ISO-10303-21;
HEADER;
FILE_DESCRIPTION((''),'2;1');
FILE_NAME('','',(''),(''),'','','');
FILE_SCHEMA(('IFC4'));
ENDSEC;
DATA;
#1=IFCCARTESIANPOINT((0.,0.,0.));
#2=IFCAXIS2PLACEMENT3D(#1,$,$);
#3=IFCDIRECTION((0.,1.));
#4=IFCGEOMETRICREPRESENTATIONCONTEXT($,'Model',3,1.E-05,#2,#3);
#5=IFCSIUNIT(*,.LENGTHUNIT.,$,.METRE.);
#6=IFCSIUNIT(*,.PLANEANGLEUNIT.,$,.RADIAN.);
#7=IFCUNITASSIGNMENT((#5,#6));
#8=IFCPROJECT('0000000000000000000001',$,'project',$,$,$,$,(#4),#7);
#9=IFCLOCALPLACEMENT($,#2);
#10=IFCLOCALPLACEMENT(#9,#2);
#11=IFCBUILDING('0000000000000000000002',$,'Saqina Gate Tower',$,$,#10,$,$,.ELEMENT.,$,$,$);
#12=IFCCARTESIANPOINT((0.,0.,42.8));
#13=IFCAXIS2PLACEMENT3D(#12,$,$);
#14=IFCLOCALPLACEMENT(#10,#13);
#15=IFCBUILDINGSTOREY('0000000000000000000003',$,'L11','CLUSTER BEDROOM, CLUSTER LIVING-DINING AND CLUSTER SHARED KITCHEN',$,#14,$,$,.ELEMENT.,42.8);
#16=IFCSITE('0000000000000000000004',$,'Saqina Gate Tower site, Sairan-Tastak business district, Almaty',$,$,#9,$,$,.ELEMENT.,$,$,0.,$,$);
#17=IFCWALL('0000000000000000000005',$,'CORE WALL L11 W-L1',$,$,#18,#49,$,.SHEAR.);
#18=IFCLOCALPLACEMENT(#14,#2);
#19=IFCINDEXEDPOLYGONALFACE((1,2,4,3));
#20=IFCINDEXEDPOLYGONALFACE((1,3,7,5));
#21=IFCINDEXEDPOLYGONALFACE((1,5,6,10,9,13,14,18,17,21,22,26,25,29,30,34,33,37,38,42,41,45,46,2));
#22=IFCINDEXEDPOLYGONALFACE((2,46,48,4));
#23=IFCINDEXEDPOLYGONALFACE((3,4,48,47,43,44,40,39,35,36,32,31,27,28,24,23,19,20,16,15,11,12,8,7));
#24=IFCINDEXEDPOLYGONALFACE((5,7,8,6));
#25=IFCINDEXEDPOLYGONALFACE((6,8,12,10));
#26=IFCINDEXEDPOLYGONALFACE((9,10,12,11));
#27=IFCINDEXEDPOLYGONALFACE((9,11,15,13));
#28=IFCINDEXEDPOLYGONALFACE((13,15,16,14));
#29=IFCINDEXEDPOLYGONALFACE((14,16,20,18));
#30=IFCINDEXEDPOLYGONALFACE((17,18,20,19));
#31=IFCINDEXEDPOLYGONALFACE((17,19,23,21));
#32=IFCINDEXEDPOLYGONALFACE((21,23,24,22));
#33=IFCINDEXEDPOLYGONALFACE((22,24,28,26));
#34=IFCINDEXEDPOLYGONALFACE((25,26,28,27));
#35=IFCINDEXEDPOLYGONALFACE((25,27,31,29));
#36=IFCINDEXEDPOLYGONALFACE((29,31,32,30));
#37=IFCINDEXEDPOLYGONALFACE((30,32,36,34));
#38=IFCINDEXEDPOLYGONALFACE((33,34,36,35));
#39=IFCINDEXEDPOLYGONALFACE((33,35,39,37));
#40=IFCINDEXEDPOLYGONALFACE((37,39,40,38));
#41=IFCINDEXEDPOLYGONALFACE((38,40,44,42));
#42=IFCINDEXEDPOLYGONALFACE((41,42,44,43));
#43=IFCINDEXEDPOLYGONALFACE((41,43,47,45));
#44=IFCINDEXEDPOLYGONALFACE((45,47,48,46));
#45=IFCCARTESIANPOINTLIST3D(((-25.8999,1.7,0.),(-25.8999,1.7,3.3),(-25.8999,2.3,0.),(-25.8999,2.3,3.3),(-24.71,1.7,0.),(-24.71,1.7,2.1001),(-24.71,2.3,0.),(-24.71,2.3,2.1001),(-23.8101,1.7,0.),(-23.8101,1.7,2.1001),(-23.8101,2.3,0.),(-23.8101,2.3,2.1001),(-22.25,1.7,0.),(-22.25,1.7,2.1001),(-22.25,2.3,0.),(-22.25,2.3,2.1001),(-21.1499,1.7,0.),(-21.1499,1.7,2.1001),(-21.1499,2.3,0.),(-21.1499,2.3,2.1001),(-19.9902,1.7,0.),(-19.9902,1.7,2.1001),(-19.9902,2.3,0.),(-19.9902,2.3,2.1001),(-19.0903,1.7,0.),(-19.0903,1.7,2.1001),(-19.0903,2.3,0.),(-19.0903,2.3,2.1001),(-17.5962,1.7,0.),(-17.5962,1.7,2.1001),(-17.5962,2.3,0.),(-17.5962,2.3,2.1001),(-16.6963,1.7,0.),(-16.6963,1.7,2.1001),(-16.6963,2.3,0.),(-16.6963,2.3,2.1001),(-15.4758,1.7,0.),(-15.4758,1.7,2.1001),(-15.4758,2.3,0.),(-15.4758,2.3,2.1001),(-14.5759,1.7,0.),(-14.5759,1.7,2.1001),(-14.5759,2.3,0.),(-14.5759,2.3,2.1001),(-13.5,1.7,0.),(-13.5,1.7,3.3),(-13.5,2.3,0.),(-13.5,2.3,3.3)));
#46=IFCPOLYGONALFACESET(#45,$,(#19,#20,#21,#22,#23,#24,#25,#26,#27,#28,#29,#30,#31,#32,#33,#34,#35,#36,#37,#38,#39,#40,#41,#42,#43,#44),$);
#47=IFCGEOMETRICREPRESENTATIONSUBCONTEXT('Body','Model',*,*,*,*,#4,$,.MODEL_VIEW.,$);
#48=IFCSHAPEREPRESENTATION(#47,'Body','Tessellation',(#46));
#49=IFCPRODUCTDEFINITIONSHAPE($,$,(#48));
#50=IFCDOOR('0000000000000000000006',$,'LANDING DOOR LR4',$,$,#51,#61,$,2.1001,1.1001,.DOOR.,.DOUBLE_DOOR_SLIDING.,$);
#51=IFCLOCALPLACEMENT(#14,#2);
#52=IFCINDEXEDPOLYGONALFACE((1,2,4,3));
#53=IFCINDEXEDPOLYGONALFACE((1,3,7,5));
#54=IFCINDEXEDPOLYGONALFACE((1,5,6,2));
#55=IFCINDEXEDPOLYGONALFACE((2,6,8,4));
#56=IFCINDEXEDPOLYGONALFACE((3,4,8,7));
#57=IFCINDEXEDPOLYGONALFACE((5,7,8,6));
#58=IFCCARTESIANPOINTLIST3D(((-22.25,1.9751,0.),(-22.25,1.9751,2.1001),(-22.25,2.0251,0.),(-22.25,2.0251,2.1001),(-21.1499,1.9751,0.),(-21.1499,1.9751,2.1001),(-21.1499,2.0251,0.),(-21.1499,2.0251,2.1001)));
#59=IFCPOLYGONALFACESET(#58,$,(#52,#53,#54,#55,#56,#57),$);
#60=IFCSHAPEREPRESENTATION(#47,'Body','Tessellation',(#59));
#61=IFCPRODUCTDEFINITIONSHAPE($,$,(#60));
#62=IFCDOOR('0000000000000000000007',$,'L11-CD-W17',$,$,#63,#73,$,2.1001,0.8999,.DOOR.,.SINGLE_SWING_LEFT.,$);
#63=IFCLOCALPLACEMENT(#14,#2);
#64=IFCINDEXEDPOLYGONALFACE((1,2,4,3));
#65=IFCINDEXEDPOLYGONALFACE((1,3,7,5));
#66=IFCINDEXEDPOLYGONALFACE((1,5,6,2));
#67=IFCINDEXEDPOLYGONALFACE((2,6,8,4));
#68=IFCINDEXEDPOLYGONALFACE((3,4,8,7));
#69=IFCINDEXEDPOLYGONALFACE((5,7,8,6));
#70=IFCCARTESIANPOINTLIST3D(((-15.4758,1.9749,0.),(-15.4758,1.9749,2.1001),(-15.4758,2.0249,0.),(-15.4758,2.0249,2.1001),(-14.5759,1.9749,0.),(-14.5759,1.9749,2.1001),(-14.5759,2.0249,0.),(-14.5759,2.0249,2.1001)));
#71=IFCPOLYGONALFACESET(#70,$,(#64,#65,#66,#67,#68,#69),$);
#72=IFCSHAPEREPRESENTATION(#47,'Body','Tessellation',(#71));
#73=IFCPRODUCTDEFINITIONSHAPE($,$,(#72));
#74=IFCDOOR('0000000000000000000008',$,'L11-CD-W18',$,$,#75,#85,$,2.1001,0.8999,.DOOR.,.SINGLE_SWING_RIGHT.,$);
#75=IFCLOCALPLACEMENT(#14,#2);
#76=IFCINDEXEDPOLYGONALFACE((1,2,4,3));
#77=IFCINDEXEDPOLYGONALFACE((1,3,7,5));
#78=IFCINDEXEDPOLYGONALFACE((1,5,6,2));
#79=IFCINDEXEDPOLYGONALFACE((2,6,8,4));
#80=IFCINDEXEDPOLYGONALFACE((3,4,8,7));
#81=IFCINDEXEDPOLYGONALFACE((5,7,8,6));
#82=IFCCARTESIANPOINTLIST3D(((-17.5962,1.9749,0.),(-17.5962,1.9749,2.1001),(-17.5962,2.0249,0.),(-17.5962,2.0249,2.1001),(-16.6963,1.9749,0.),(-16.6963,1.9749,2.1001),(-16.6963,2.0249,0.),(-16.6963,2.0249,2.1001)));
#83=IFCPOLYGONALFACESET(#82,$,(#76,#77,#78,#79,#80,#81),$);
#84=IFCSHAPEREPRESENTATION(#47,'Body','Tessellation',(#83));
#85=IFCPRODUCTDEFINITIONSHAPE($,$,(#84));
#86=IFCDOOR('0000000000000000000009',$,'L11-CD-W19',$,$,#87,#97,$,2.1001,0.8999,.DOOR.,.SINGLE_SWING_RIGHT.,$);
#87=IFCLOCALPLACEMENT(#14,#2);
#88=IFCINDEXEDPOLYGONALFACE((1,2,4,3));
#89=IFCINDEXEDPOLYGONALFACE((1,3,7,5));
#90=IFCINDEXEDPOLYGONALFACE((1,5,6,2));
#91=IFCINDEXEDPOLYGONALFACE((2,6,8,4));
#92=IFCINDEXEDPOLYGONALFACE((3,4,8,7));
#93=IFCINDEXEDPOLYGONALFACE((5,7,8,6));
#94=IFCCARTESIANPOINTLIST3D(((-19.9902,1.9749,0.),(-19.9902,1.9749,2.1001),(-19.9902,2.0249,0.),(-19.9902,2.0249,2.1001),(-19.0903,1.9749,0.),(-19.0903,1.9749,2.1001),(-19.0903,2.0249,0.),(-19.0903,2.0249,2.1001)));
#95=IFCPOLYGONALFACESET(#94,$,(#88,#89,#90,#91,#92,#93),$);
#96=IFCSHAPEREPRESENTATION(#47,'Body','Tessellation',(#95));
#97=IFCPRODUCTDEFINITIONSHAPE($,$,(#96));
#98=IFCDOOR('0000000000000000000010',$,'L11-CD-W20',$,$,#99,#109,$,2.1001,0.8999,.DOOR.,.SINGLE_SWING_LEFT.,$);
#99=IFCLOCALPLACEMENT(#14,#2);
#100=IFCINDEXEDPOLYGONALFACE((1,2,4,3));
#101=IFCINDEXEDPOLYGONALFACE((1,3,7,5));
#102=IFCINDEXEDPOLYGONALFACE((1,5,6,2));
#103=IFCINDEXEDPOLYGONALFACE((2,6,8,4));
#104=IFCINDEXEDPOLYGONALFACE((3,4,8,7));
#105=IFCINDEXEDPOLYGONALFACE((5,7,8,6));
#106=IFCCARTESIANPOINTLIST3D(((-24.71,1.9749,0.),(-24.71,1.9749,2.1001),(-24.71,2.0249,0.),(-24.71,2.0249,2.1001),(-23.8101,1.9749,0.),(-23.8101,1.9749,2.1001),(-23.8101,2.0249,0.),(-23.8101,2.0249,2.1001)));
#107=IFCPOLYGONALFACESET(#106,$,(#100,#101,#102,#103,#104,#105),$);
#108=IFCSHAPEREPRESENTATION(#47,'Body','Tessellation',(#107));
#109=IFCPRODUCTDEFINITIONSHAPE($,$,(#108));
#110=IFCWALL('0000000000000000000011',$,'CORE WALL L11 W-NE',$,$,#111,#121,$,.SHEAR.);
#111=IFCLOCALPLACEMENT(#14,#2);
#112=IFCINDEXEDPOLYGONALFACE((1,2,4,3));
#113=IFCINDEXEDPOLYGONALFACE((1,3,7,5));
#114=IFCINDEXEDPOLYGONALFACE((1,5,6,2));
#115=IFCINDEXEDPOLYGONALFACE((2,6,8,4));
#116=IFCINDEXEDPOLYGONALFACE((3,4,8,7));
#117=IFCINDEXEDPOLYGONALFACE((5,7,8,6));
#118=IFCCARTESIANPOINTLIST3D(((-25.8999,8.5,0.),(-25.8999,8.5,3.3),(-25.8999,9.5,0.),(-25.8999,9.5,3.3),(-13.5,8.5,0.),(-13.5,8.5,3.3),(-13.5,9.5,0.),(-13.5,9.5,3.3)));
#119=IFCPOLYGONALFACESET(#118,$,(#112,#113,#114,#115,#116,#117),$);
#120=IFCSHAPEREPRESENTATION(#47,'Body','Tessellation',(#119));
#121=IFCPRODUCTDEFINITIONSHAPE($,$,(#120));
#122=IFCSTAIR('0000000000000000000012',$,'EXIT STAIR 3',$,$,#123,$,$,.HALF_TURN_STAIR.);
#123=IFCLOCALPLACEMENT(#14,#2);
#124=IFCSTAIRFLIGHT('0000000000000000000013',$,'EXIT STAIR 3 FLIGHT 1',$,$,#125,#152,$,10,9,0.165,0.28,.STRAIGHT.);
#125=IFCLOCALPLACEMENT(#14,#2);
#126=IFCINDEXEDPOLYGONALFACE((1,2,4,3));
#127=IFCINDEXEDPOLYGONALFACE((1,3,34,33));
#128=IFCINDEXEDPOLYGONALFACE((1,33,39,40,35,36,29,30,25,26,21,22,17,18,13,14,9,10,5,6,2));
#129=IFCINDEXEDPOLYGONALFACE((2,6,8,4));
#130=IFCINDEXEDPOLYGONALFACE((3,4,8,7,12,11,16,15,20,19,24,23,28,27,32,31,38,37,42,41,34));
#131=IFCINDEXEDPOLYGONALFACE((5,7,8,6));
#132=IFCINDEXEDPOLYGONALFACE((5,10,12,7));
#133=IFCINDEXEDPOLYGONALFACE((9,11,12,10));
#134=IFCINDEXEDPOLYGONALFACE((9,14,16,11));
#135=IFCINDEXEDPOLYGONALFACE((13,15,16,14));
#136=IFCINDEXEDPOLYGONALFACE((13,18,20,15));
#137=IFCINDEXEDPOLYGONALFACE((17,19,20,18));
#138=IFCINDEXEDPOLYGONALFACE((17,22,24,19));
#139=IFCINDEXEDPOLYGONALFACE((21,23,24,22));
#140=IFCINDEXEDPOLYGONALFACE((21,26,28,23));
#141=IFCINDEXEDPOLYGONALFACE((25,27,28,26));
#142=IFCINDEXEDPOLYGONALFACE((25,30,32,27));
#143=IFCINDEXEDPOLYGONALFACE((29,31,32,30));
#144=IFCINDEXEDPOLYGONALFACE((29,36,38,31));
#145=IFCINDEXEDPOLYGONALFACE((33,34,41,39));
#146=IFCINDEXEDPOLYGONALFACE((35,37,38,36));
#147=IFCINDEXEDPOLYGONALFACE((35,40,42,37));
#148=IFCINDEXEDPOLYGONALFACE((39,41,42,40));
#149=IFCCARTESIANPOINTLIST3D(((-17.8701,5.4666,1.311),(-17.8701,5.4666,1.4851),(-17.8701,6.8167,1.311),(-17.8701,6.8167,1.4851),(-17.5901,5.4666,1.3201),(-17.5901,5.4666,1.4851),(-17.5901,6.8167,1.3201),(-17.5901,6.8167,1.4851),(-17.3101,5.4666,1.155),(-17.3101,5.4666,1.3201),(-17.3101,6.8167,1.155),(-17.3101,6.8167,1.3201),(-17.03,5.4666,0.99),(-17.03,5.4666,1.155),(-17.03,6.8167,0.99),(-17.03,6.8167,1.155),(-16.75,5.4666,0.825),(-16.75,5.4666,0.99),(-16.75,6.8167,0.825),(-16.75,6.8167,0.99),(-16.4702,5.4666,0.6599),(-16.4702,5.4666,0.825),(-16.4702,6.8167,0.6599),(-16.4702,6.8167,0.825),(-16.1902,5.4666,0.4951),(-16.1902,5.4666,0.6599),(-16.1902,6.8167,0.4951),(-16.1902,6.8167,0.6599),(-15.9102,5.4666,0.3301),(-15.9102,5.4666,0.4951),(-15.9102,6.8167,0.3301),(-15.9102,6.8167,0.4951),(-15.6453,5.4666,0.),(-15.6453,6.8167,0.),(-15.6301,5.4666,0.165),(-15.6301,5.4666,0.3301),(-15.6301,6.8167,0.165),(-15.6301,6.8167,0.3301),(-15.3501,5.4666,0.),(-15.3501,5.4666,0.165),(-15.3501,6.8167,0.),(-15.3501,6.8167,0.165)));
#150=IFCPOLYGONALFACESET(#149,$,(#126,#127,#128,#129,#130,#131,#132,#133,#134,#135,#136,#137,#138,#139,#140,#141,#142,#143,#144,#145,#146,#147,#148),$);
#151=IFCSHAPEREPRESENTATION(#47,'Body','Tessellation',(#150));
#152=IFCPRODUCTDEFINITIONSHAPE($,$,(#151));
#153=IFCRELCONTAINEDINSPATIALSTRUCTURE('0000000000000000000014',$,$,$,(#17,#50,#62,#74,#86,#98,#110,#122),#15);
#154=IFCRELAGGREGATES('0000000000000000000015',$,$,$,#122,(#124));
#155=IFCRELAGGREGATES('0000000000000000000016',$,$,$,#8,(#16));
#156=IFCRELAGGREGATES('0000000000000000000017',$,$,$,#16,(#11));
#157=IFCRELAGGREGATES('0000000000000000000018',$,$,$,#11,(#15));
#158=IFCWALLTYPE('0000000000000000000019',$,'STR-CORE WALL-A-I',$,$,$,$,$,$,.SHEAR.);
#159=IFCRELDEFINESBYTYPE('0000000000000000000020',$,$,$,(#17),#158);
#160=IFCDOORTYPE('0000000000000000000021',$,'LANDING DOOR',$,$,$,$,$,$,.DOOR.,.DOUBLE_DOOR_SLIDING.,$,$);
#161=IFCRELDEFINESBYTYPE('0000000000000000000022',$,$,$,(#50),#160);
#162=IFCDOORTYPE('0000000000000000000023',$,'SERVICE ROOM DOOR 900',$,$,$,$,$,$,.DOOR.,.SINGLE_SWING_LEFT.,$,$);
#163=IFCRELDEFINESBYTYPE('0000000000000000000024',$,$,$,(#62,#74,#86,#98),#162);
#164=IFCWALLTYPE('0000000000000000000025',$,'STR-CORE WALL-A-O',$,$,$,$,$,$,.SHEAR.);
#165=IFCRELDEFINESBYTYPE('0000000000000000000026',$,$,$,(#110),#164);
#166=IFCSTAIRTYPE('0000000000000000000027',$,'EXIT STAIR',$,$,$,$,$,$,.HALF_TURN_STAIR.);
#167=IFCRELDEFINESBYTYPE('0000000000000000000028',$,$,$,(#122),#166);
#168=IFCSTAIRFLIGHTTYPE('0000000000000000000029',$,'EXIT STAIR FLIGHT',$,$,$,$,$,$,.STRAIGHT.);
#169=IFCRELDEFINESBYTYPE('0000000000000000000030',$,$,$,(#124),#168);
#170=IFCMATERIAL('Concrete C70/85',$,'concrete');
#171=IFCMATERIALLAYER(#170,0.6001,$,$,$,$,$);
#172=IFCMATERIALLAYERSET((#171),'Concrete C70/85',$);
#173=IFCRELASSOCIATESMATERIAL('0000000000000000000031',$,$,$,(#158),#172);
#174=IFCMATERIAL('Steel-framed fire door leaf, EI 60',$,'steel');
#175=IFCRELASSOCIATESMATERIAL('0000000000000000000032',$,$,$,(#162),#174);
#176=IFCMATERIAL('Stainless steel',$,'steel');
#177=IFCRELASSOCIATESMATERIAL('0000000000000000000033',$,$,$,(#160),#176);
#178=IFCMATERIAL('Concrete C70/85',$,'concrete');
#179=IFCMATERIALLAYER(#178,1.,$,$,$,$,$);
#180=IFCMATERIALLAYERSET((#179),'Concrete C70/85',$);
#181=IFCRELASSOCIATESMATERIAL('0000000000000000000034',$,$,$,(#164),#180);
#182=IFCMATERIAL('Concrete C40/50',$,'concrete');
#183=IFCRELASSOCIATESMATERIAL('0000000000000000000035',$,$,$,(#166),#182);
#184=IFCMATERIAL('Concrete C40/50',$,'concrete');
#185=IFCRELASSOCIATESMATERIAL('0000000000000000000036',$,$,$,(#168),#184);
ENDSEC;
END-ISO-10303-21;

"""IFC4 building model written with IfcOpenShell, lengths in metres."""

from ifc_helpers import new_model, si_unit, direction, frame, frame_2d, origin, place, context, subcontext, project, spatial, polyline, rectangle, outline, extrude, material, layer, layer_set, type_object, element, fill, aggregate, save


model = new_model("IFC4")

# Units and contexts
model_context = context("Model", 3, precision=1e-05, world=origin(), true_north=direction((0.0, 1.0)))
body_context = subcontext(model_context, "Body", "Model", "MODEL_VIEW")
ifc_project = project(units=[si_unit("LENGTHUNIT", "METRE"), si_unit("PLANEANGLEUNIT", "RADIAN")], contexts=[model_context])

# Site, building, storey
site_placement = place(None, origin())
site = spatial("IfcSite", under=ifc_project, at=site_placement, Name="Saqina Gate Tower site, Sairan-Tastak business district, Almaty", CompositionType="ELEMENT", RefElevation=0.0)
building_placement = place(site_placement, origin())
building = spatial("IfcBuilding", under=site, at=building_placement, Name="Saqina Gate Tower", CompositionType="ELEMENT")
storey_placement = place(building_placement, frame((0.0, 0.0, 42.8)))
storey = spatial("IfcBuildingStorey", under=building, at=storey_placement, Name="L11", Description="CLUSTER BEDROOM, CLUSTER LIVING-DINING AND CLUSTER SHARED KITCHEN", CompositionType="ELEMENT", Elevation=42.8)

# Wall, openings, doors
ifc_material_1 = material(Name="Concrete C70/85", Category="concrete")
ifc_layer_1 = layer(ifc_material_1, 0.6001)
ifc_layer_set_1 = layer_set([ifc_layer_1], Name="Concrete C70/85")
wall_type_1 = type_object("IfcWallType", Name="STR-CORE WALL-A-I", PredefinedType="SHEAR", material=ifc_layer_set_1)
ifc_material_2 = material(Name="Steel-framed fire door leaf, EI 60", Category="steel")
door_type_1 = type_object("IfcDoorType", Name="SERVICE ROOM DOOR 900", OperationType="SINGLE_SWING_LEFT", PredefinedType="DOOR", material=ifc_material_2)
wall_1_placement = place(storey_placement, frame((-13.5, 2.0, 0.0), z_axis=(0.0, 0.0, 1.0), x_axis=(-1.0, 0.0, 0.0)))
wall_1 = element("IfcWall", 1, at=wall_1_placement, inside=storey, type_object=wall_type_1, Name="CORE WALL L11 W-L1", PredefinedType="SHEAR", context=body_context, shape_type="SweptSolid", body=[
    extrude(rectangle(XDim=12.3999, YDim=0.6001, at=frame_2d((6.2, 0.0))), origin(), (0.0, 0.0, 1.0), 3.3),
])
opening_1_placement = place(wall_1_placement, frame((7.6499, 0.0, 0.0)))
opening_1 = element("IfcOpeningElement", 2, at=opening_1_placement, cuts=wall_1, PredefinedType="OPENING", context=body_context, shape_type="SweptSolid", body=[
    extrude(rectangle(XDim=1.1001, YDim=2.1001, at=frame_2d((0.55, 1.05))), frame((0.0, 0.312, 0.0), z_axis=(0.0, -1.0, 0.0), x_axis=(1.0, 0.0, 0.0)), (0.0, 0.0, 1.0), 0.624),
])
opening_2_placement = place(wall_1_placement, frame((1.0759, 0.0, 0.0)))
opening_2 = element("IfcOpeningElement", 3, at=opening_2_placement, cuts=wall_1, PredefinedType="OPENING", context=body_context, shape_type="SweptSolid", body=[
    extrude(rectangle(XDim=0.8999, YDim=2.1001, at=frame_2d((0.45, 1.05))), frame((0.0, 0.312, 0.0), z_axis=(0.0, -1.0, 0.0), x_axis=(1.0, 0.0, 0.0)), (0.0, 0.0, 1.0), 0.624),
])
opening_3_placement = place(wall_1_placement, frame((3.1963, 0.0, 0.0)))
opening_3 = element("IfcOpeningElement", 4, at=opening_3_placement, cuts=wall_1, PredefinedType="OPENING", context=body_context, shape_type="SweptSolid", body=[
    extrude(rectangle(XDim=0.8999, YDim=2.1001, at=frame_2d((0.45, 1.05))), frame((0.0, 0.312, 0.0), z_axis=(0.0, -1.0, 0.0), x_axis=(1.0, 0.0, 0.0)), (0.0, 0.0, 1.0), 0.624),
])
opening_4_placement = place(wall_1_placement, frame((5.5903, 0.0, 0.0)))
opening_4 = element("IfcOpeningElement", 5, at=opening_4_placement, cuts=wall_1, PredefinedType="OPENING", context=body_context, shape_type="SweptSolid", body=[
    extrude(rectangle(XDim=0.8999, YDim=2.1001, at=frame_2d((0.45, 1.05))), frame((0.0, 0.312, 0.0), z_axis=(0.0, -1.0, 0.0), x_axis=(1.0, 0.0, 0.0)), (0.0, 0.0, 1.0), 0.624),
])
opening_5_placement = place(wall_1_placement, frame((10.3101, 0.0, 0.0)))
opening_5 = element("IfcOpeningElement", 6, at=opening_5_placement, cuts=wall_1, PredefinedType="OPENING", context=body_context, shape_type="SweptSolid", body=[
    extrude(rectangle(XDim=0.8999, YDim=2.1001, at=frame_2d((0.45, 1.05))), frame((0.0, 0.312, 0.0), z_axis=(0.0, -1.0, 0.0), x_axis=(1.0, 0.0, 0.0)), (0.0, 0.0, 1.0), 0.624),
])
ifc_material_3 = material(Name="Stainless steel", Category="steel")
door_type_2 = type_object("IfcDoorType", Name="LANDING DOOR", OperationType="DOUBLE_DOOR_SLIDING", PredefinedType="DOOR", material=ifc_material_3)
door_1_placement = place(opening_1_placement, origin())
door_1 = element("IfcDoor", 7, at=door_1_placement, inside=storey, type_object=door_type_2, Name="LANDING DOOR LR4", OperationType="DOUBLE_DOOR_SLIDING", OverallHeight=2.1001, OverallWidth=1.1001, PredefinedType="DOOR", context=body_context, shape_type="SweptSolid", body=[
    extrude(rectangle(XDim=1.1001, YDim=2.1001, at=frame_2d((0.55, 1.05))), frame((0.0, 0.0249, 0.0), z_axis=(0.0, -1.0, 0.0), x_axis=(1.0, 0.0, 0.0)), (0.0, 0.0, 1.0), 0.05),
])
fill(opening_1, door_1)
door_2_placement = place(opening_2_placement, frame((0.8999, 0.0, 0.0), z_axis=(0.0, 0.0, 1.0), x_axis=(-1.0, 0.0, 0.0)))
door_2 = element("IfcDoor", 8, at=door_2_placement, inside=storey, type_object=door_type_1, Name="L11-CD-W17", OperationType="SINGLE_SWING_LEFT", OverallHeight=2.1001, OverallWidth=0.8999, PredefinedType="DOOR", context=body_context, shape_type="SweptSolid", body=[
    extrude(rectangle(XDim=0.8999, YDim=2.1001, at=frame_2d((0.45, 1.05))), frame((0.0, 0.0249, 0.0), z_axis=(0.0, -1.0, 0.0), x_axis=(1.0, 0.0, 0.0)), (0.0, 0.0, 1.0), 0.05),
])
fill(opening_2, door_2)
door_3_placement = place(opening_3_placement, frame((0.8999, 0.0, 0.0), z_axis=(0.0, 0.0, 1.0), x_axis=(-1.0, 0.0, 0.0)))
door_3 = element("IfcDoor", 9, at=door_3_placement, inside=storey, type_object=door_type_1, Name="L11-CD-W18", OperationType="SINGLE_SWING_RIGHT", OverallHeight=2.1001, OverallWidth=0.8999, PredefinedType="DOOR", context=body_context, shape_type="SweptSolid", body=[
    extrude(rectangle(XDim=0.8999, YDim=2.1001, at=frame_2d((0.45, 1.05))), frame((0.0, 0.0249, 0.0), z_axis=(0.0, -1.0, 0.0), x_axis=(1.0, 0.0, 0.0)), (0.0, 0.0, 1.0), 0.05),
])
fill(opening_3, door_3)
door_4_placement = place(opening_4_placement, frame((0.8999, 0.0, 0.0), z_axis=(0.0, 0.0, 1.0), x_axis=(-1.0, 0.0, 0.0)))
door_4 = element("IfcDoor", 10, at=door_4_placement, inside=storey, type_object=door_type_1, Name="L11-CD-W19", OperationType="SINGLE_SWING_RIGHT", OverallHeight=2.1001, OverallWidth=0.8999, PredefinedType="DOOR", context=body_context, shape_type="SweptSolid", body=[
    extrude(rectangle(XDim=0.8999, YDim=2.1001, at=frame_2d((0.45, 1.05))), frame((0.0, 0.0249, 0.0), z_axis=(0.0, -1.0, 0.0), x_axis=(1.0, 0.0, 0.0)), (0.0, 0.0, 1.0), 0.05),
])
fill(opening_4, door_4)
door_5_placement = place(opening_5_placement, frame((0.8999, 0.0, 0.0), z_axis=(0.0, 0.0, 1.0), x_axis=(-1.0, 0.0, 0.0)))
door_5 = element("IfcDoor", 11, at=door_5_placement, inside=storey, type_object=door_type_1, Name="L11-CD-W20", OperationType="SINGLE_SWING_LEFT", OverallHeight=2.1001, OverallWidth=0.8999, PredefinedType="DOOR", context=body_context, shape_type="SweptSolid", body=[
    extrude(rectangle(XDim=0.8999, YDim=2.1001, at=frame_2d((0.45, 1.05))), frame((0.0, 0.0249, 0.0), z_axis=(0.0, -1.0, 0.0), x_axis=(1.0, 0.0, 0.0)), (0.0, 0.0, 1.0), 0.05),
])
fill(opening_5, door_5)

# Wall
ifc_material_4 = material(Name="Concrete C70/85", Category="concrete")
ifc_layer_2 = layer(ifc_material_4, 1.0)
ifc_layer_set_2 = layer_set([ifc_layer_2], Name="Concrete C70/85")
wall_type_2 = type_object("IfcWallType", Name="STR-CORE WALL-A-O", PredefinedType="SHEAR", material=ifc_layer_set_2)
wall_2_placement = place(storey_placement, frame((-13.5, 9.0, 0.0), z_axis=(0.0, 0.0, 1.0), x_axis=(-1.0, 0.0, 0.0)))
element("IfcWall", 12, at=wall_2_placement, inside=storey, type_object=wall_type_2, Name="CORE WALL L11 W-NE", PredefinedType="SHEAR", context=body_context, shape_type="SweptSolid", body=[
    extrude(rectangle(XDim=12.3999, YDim=1.0, at=frame_2d((6.2, 0.0))), origin(), (0.0, 0.0, 1.0), 3.3),
])

# Stair, stair flight
ifc_material_5 = material(Name="Concrete C40/50", Category="concrete")
stair_type = type_object("IfcStairType", Name="EXIT STAIR", PredefinedType="HALF_TURN_STAIR", material=ifc_material_5)
stair_placement = place(storey_placement, origin())
stair = element("IfcStair", 13, at=stair_placement, inside=storey, type_object=stair_type, Name="EXIT STAIR 3", PredefinedType="HALF_TURN_STAIR")
ifc_material_6 = material(Name="Concrete C40/50", Category="concrete")
stair_flight_type = type_object("IfcStairFlightType", Name="EXIT STAIR FLIGHT", PredefinedType="STRAIGHT", material=ifc_material_6)
stair_flight_placement = place(storey_placement, frame((-15.3501, 6.1416, 0.0), z_axis=(0.0, 0.0, 1.0), x_axis=(-1.0, 0.0, 0.0)))
stair_flight = element("IfcStairFlight", 14, at=stair_flight_placement, type_object=stair_flight_type, Name="EXIT STAIR 3 FLIGHT 1", NumberOfRisers=10, NumberOfTreads=9, PredefinedType="STRAIGHT", RiserHeight=0.165, TreadLength=0.28, context=body_context, shape_type="SweptSolid", body=[
    extrude(outline(polyline([(0.0, 0.0), (0.0, 0.165), (0.28, 0.165), (0.28, 0.3301), (0.5601, 0.3301), (0.5601, 0.4951), (0.8401, 0.4951), (0.8401, 0.6599), (1.1201, 0.6599), (1.1201, 0.825), (1.3999, 0.825), (1.3999, 0.99), (1.6799, 0.99), (1.6799, 1.155), (1.96, 1.155), (1.96, 1.3201), (2.24, 1.3201), (2.24, 1.4851), (2.52, 1.4851), (2.52, 1.6499), (2.52, 1.311), (0.2952, 0.0), (0.0, 0.0)])), frame((0.0, 0.675, 0.0), z_axis=(0.0, -1.0, 0.0), x_axis=(1.0, 0.0, 0.0)), (0.0, 0.0, 1.0), 1.3501),
])
aggregate(stair, [stair_flight])

save(model, "model.ifc")
